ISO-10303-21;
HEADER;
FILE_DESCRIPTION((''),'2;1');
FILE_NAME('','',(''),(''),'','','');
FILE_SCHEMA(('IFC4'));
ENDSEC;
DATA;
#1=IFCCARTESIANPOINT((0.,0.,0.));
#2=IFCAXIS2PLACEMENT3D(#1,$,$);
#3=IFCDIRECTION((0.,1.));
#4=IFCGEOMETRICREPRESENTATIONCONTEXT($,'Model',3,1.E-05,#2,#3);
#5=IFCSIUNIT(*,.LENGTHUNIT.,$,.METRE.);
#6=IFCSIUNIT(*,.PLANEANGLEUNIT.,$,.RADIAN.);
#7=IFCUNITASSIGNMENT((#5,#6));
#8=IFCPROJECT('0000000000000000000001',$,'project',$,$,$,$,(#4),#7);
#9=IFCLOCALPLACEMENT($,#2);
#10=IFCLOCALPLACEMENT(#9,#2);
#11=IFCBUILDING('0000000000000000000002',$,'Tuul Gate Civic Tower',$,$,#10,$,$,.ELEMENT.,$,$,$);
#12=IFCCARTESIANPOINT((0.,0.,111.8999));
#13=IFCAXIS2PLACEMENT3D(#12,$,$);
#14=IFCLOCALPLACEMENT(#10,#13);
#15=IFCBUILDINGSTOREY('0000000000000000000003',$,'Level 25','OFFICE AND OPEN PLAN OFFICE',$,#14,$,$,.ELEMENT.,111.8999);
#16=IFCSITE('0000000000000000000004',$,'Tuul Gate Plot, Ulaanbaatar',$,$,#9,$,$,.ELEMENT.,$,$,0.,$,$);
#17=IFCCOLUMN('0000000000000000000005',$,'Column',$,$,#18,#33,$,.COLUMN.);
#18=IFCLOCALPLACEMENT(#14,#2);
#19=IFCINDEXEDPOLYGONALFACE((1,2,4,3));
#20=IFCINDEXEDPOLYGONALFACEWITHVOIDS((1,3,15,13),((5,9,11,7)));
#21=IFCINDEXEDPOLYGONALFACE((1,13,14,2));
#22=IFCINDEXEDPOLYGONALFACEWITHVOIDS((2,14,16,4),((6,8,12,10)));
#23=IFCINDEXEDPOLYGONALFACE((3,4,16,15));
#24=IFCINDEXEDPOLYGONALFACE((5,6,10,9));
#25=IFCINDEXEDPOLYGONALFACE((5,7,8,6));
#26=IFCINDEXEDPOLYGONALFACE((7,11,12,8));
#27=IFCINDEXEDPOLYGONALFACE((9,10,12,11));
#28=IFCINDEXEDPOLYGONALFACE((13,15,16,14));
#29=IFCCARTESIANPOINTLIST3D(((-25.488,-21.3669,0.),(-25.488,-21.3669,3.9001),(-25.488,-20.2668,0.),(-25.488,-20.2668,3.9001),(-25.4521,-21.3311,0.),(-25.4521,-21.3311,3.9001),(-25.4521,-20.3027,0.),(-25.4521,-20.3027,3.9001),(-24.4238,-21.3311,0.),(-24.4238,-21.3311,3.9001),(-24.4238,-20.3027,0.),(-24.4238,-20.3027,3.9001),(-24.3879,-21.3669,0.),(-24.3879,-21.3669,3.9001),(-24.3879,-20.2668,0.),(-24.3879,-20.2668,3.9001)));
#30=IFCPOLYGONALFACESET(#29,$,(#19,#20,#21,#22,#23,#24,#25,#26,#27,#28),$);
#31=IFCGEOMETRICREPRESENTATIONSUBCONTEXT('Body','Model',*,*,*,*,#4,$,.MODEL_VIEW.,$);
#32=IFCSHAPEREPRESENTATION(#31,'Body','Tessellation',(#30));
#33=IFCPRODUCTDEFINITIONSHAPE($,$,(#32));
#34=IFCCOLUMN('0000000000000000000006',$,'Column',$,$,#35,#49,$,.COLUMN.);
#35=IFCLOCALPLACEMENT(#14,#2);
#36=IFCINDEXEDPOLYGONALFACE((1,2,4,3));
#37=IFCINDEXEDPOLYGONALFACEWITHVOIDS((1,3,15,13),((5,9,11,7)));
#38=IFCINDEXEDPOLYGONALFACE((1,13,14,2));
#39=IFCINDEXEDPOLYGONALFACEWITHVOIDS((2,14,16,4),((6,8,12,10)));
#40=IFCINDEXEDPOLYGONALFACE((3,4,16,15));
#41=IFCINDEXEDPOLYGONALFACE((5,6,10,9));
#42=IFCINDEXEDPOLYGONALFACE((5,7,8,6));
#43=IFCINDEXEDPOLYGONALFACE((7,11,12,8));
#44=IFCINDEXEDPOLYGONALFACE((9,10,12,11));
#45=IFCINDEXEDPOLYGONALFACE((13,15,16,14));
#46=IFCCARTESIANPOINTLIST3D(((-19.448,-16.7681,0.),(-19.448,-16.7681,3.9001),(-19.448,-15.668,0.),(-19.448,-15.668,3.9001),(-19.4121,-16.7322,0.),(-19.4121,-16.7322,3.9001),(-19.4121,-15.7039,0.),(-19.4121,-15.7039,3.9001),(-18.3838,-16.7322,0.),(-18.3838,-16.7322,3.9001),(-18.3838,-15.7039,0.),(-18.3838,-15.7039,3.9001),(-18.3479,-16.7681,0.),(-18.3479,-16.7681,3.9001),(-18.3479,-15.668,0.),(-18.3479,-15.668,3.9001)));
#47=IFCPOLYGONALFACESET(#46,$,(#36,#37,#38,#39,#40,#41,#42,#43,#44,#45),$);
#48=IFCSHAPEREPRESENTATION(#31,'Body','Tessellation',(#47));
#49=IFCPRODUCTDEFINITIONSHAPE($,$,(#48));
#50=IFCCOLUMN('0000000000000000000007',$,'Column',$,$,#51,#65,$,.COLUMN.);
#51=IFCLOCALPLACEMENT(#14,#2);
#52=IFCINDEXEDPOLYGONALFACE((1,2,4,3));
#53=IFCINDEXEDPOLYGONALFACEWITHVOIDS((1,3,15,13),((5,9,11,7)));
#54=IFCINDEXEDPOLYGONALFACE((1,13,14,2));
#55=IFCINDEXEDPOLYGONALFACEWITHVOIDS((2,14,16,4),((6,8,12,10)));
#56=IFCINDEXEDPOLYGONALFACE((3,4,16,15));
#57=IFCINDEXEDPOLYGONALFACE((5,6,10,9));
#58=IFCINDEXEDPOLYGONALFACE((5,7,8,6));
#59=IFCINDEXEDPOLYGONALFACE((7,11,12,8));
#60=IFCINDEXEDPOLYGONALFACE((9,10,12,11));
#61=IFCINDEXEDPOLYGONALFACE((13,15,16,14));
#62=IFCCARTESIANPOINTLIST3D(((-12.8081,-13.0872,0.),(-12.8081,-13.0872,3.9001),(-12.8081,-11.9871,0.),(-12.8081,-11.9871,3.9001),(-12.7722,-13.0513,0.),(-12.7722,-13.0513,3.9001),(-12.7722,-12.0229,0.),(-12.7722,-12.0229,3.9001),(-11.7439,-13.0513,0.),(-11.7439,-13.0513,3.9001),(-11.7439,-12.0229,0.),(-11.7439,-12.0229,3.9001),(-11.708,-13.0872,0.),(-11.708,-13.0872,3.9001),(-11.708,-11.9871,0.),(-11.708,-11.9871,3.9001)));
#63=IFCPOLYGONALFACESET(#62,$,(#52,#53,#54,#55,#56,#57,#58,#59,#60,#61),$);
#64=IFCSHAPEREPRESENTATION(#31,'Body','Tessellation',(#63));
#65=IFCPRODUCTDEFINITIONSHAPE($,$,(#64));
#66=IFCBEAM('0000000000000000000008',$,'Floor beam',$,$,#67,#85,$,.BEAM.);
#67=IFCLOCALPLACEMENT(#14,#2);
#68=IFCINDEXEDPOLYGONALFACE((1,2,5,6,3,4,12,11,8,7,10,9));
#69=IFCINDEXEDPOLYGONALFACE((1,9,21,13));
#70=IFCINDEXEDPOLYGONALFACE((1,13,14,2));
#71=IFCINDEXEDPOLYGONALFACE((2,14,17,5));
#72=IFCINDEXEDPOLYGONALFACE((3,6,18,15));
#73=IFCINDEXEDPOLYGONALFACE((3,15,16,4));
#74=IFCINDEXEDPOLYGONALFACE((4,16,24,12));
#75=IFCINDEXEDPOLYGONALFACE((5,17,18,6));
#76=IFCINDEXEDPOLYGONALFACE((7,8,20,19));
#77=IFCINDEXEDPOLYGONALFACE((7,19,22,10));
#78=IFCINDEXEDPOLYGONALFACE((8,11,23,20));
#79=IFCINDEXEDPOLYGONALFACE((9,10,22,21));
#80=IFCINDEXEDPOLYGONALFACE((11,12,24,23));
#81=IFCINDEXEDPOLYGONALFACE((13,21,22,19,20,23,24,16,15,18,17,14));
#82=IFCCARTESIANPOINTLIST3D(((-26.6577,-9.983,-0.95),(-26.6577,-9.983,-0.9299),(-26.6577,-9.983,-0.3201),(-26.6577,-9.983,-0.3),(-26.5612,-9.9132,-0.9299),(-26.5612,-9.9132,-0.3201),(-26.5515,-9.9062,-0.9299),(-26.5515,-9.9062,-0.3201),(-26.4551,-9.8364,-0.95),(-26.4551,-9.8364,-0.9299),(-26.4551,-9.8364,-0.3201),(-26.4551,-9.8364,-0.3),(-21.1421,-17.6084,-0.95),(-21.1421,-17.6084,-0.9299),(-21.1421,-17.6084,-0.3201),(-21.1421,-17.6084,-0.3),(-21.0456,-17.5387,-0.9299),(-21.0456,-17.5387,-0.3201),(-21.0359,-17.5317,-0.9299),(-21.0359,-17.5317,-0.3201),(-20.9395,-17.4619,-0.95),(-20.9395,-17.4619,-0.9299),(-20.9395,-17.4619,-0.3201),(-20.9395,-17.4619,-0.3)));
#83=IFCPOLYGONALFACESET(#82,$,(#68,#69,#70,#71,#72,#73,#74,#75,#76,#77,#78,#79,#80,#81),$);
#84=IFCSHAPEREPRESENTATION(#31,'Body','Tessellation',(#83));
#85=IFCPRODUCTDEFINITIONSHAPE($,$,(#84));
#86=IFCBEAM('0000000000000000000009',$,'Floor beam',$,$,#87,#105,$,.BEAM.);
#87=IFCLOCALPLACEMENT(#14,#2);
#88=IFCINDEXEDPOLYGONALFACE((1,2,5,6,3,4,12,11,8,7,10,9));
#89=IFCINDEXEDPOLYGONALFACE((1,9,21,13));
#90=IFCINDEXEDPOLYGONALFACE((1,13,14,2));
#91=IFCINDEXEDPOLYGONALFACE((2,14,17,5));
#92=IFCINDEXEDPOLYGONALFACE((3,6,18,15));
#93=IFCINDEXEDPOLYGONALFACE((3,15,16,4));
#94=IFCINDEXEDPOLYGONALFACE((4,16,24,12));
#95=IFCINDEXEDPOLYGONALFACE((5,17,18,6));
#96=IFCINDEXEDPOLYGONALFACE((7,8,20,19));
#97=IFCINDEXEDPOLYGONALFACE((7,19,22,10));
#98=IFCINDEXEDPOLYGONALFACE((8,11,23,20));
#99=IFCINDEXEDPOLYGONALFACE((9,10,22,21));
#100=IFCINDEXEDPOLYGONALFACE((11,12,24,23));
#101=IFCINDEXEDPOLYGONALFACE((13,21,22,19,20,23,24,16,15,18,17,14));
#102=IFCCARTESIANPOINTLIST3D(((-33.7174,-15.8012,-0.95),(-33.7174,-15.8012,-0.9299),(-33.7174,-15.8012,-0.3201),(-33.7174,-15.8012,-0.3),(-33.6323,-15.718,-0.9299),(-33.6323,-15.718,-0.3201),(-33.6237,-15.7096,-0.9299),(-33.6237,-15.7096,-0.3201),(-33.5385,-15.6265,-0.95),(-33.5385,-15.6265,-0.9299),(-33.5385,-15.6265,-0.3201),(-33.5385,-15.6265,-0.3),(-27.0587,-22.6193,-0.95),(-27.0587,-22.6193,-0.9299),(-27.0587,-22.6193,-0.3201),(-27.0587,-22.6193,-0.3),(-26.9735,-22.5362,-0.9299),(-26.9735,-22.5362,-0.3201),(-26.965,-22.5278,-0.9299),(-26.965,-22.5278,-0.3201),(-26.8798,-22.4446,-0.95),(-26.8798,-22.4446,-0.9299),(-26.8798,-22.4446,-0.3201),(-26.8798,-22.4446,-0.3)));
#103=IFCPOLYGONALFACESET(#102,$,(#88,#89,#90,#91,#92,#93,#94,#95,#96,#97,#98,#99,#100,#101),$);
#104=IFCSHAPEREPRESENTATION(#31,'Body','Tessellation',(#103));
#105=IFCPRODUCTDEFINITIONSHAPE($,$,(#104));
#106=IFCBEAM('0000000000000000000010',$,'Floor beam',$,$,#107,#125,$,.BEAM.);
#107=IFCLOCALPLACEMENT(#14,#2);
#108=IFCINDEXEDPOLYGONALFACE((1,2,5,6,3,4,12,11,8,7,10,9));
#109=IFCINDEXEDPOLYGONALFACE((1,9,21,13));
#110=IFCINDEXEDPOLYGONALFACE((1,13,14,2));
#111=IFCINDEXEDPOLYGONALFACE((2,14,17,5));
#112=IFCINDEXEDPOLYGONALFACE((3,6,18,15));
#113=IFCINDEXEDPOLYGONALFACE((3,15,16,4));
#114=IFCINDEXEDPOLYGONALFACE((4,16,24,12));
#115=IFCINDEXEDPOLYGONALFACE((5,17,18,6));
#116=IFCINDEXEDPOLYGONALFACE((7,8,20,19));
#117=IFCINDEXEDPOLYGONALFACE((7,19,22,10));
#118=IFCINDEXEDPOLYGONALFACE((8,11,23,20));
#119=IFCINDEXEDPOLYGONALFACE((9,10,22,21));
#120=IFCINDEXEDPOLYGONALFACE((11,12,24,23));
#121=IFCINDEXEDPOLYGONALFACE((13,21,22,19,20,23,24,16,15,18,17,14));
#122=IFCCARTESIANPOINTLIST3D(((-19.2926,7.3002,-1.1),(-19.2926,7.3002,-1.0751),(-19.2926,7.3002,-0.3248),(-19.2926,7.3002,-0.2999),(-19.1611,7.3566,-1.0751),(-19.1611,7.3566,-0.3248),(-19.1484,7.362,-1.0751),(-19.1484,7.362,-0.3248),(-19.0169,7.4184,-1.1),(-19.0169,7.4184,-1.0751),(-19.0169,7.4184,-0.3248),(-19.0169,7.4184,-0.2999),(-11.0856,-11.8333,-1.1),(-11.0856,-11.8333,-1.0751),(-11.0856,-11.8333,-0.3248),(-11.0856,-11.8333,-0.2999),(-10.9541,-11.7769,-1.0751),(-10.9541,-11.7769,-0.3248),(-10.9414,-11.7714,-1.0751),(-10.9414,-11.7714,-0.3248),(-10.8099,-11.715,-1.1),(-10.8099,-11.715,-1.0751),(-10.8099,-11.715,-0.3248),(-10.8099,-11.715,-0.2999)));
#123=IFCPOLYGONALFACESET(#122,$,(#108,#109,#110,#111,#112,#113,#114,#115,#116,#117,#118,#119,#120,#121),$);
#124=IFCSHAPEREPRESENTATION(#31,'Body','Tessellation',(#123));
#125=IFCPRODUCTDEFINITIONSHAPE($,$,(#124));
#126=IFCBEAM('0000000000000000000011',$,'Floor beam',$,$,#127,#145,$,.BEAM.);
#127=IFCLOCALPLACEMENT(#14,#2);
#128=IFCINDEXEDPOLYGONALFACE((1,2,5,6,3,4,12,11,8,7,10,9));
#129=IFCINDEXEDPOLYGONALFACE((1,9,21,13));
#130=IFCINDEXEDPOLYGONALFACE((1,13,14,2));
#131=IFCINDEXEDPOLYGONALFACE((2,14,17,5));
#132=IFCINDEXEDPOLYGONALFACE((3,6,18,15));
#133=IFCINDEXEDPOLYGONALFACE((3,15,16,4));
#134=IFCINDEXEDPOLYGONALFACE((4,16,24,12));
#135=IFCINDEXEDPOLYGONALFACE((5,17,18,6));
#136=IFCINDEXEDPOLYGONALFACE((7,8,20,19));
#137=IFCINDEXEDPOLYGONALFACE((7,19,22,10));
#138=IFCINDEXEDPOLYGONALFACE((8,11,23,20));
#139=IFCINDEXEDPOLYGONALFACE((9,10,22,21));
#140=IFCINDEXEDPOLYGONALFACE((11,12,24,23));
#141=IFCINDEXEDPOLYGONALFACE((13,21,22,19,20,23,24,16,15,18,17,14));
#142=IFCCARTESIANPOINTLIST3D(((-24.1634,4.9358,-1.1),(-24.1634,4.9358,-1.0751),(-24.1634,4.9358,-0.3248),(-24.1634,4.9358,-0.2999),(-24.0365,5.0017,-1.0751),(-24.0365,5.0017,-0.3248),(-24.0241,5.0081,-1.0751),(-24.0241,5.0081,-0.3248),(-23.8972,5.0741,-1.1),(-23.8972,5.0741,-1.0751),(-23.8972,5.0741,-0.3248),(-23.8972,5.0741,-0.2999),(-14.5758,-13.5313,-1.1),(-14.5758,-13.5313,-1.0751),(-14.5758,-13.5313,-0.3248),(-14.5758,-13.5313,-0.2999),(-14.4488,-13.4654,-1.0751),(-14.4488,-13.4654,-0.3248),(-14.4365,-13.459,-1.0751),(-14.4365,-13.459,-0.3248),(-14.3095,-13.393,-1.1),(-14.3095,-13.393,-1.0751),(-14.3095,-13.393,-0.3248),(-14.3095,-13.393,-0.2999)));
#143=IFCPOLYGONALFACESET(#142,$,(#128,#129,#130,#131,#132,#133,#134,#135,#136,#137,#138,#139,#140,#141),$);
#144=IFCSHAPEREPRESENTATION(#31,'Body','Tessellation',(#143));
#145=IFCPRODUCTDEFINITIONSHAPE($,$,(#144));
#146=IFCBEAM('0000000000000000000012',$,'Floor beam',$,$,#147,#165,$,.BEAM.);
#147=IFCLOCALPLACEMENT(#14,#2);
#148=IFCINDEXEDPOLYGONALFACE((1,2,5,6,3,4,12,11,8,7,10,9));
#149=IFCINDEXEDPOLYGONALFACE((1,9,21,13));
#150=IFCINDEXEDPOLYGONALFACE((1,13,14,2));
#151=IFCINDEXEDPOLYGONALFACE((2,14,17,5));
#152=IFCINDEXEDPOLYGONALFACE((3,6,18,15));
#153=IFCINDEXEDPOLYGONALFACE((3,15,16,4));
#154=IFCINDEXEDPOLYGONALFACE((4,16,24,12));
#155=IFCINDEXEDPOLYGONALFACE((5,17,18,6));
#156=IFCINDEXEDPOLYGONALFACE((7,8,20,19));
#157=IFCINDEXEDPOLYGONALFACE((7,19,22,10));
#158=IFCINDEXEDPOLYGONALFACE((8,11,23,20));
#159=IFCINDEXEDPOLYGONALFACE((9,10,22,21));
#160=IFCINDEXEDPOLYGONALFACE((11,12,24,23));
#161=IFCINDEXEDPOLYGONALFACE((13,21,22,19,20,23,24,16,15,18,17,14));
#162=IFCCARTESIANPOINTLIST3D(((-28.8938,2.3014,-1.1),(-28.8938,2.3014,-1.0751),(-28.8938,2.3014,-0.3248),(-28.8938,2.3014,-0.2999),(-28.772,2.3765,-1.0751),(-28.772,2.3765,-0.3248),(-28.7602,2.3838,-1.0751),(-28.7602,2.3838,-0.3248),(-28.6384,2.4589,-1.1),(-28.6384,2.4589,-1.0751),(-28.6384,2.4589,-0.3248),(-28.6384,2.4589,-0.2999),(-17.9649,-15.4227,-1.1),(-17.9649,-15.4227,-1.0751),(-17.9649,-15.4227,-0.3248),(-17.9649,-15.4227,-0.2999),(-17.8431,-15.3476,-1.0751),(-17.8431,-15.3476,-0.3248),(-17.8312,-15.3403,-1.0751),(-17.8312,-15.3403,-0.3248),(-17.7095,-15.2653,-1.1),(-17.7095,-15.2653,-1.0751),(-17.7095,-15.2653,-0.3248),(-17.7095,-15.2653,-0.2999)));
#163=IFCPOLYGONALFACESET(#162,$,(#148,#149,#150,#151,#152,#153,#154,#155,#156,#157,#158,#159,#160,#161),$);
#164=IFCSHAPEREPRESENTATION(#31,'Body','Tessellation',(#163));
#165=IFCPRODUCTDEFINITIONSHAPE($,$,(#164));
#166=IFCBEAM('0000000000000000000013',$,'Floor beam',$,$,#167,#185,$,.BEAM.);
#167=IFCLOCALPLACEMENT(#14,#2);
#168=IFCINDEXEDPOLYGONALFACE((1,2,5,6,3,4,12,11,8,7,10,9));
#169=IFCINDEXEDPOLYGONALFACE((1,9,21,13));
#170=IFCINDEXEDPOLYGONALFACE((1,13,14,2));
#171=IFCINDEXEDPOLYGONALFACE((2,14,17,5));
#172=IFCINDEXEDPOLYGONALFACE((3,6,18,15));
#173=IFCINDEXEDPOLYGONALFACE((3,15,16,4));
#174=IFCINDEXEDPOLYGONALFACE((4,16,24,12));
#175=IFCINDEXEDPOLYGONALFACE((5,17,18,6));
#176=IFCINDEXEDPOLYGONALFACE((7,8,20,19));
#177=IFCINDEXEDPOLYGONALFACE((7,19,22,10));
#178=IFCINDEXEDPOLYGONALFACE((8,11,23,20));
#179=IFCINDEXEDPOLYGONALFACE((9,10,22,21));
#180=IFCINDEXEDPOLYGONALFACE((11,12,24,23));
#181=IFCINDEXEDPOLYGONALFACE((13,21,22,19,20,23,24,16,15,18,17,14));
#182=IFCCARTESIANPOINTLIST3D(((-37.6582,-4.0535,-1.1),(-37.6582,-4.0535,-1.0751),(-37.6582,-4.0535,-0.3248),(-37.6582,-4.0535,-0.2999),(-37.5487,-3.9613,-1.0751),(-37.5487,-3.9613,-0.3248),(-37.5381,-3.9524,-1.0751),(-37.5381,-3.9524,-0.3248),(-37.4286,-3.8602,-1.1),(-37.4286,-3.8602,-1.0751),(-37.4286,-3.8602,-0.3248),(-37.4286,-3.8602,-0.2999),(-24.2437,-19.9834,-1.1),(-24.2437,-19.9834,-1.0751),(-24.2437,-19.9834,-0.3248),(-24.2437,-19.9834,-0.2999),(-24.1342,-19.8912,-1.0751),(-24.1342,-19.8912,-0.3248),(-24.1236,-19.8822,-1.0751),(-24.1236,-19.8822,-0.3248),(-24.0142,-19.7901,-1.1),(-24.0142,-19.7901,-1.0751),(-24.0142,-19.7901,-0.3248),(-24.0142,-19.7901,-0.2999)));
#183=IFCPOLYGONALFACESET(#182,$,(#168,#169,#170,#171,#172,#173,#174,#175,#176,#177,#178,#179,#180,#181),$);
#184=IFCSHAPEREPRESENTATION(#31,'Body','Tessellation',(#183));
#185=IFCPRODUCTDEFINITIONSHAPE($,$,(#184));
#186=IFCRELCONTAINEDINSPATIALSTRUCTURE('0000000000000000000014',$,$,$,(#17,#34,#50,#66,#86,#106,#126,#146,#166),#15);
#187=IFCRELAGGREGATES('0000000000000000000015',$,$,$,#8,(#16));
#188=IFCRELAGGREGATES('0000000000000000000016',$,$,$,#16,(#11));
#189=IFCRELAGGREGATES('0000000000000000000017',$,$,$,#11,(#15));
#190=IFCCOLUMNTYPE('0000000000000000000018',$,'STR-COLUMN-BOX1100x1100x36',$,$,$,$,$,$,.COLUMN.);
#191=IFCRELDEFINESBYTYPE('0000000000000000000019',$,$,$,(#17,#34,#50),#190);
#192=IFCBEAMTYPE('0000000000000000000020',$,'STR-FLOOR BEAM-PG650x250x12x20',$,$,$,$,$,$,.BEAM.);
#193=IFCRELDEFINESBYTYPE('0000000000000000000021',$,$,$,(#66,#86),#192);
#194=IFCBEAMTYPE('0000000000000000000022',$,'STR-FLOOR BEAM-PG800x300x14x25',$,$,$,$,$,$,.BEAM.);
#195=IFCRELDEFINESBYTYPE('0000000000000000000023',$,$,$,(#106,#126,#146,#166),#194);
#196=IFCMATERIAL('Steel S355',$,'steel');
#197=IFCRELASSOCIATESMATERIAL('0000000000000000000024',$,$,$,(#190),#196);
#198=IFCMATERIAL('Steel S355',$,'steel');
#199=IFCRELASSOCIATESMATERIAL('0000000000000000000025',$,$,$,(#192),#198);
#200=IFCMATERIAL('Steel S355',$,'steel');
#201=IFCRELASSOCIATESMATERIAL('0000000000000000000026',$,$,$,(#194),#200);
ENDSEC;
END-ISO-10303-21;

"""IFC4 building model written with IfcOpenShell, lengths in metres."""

from ifc_helpers import new_model, si_unit, direction, frame, origin, origin_2d, place, context, subcontext, project, spatial, hollow_rectangle, i_section, extrude, material, material_profile, profile_set, type_object, element, save


model = new_model("IFC4")

# Units and contexts
model_context = context("Model", 3, precision=1e-05, world=origin(), true_north=direction((0.0, 1.0)))
body_context = subcontext(model_context, "Body", "Model", "MODEL_VIEW")
ifc_project = project(units=[si_unit("LENGTHUNIT", "METRE"), si_unit("PLANEANGLEUNIT", "RADIAN")], contexts=[model_context])

# Site, building, storey
site_placement = place(None, origin())
site = spatial("IfcSite", under=ifc_project, at=site_placement, Name="Tuul Gate Plot, Ulaanbaatar", CompositionType="ELEMENT", RefElevation=0.0)
building_placement = place(site_placement, origin())
building = spatial("IfcBuilding", under=site, at=building_placement, Name="Tuul Gate Civic Tower", CompositionType="ELEMENT")
storey_placement = place(building_placement, frame((0.0, 0.0, 111.8999)))
storey = spatial("IfcBuildingStorey", under=building, at=storey_placement, Name="Level 25", Description="OFFICE AND OPEN PLAN OFFICE", CompositionType="ELEMENT", Elevation=111.8999)

# Columns
ifc_material_1 = material(Name="Steel S355", Category="steel")
ifc_material_profile_1 = material_profile(ifc_material_1, hollow_rectangle(XDim=1.1001, YDim=1.1001, WallThickness=0.0359, at=origin_2d()), Name="BOX1100x1100x36")
ifc_profile_set_1 = profile_set([ifc_material_profile_1], Name="Steel S355")
column_type = type_object("IfcColumnType", Name="STR-COLUMN-BOX1100x1100x36", PredefinedType="COLUMN", material=ifc_profile_set_1)
for number, where, z_axis, x_axis, name in (
    (1, (-24.938, -20.8169, 0.0), (0.0, 0.0, 1.0), (1.0, 0.0, 0.0), "Column"),
    (2, (-18.8979, -16.218, 0.0), (0.0, 0.0, 1.0), (1.0, 0.0, 0.0), "Column"),
    (3, (-12.2581, -12.5371, 0.0), (0.0, 0.0, 1.0), (1.0, 0.0, 0.0), "Column"),
):
    element("IfcColumn", number, at=place(storey_placement, frame(where, z_axis=z_axis, x_axis=x_axis)), inside=storey, type_object=column_type, Name=name, PredefinedType="COLUMN", context=body_context, shape_type="SweptSolid", body=[
        extrude(hollow_rectangle(XDim=1.1001, YDim=1.1001, WallThickness=0.0359, at=origin_2d()), origin(), (0.0, 0.0, 1.0), 3.9001),
    ])

# Beams
ifc_material_2 = material(Name="Steel S355", Category="steel")
ifc_material_profile_2 = material_profile(ifc_material_2, i_section(OverallWidth=0.25, OverallDepth=0.6499, WebThickness=0.012, FlangeThickness=0.02, at=origin_2d()), Name="PG650x250x12x20")
ifc_profile_set_2 = profile_set([ifc_material_profile_2], Name="Steel S355")
beam_type_1 = type_object("IfcBeamType", Name="STR-FLOOR BEAM-PG650x250x12x20", PredefinedType="BEAM", material=ifc_profile_set_2)
beam_1_placement = place(storey_placement, frame((-21.0408, -17.5352, -0.625), z_axis=(-0.586072, 0.810259, 0.0), x_axis=(-0.810259, -0.586072, 0.0)))
element("IfcBeam", 4, at=beam_1_placement, inside=storey, type_object=beam_type_1, Name="Floor beam", PredefinedType="BEAM", context=body_context, shape_type="SweptSolid", body=[
    extrude(i_section(OverallWidth=0.25, OverallDepth=0.6499, WebThickness=0.012, FlangeThickness=0.02, at=origin_2d()), origin(), (0.0, 0.0, 1.0), 9.4111),
])
beam_2_placement = place(storey_placement, frame((-26.9692, -22.532, -0.625), z_axis=(-0.698693, 0.715421, 0.0), x_axis=(-0.715421, -0.698693, 0.0)))
element("IfcBeam", 5, at=beam_2_placement, inside=storey, type_object=beam_type_1, Name="Floor beam", PredefinedType="BEAM", context=body_context, shape_type="SweptSolid", body=[
    extrude(i_section(OverallWidth=0.25, OverallDepth=0.6499, WebThickness=0.012, FlangeThickness=0.02, at=origin_2d()), origin(), (0.0, 0.0, 1.0), 9.5303),
])
ifc_material_3 = material(Name="Steel S355", Category="steel")
ifc_material_profile_3 = material_profile(ifc_material_3, i_section(OverallWidth=0.3, OverallDepth=0.8, WebThickness=0.0139, FlangeThickness=0.0249, at=origin_2d()), Name="PG800x300x14x25")
ifc_profile_set_3 = profile_set([ifc_material_profile_3], Name="Steel S355")
beam_type_2 = type_object("IfcBeamType", Name="STR-FLOOR BEAM-PG800x300x14x25", PredefinedType="BEAM", material=ifc_profile_set_3)
beam_3_placement = place(storey_placement, frame((-10.9478, -11.7742, -0.7), z_axis=(-0.394201, 0.919024, 0.0), x_axis=(-0.919024, -0.394201, 0.0)))
element("IfcBeam", 6, at=beam_3_placement, inside=storey, type_object=beam_type_2, Name="Floor beam", PredefinedType="BEAM", context=body_context, shape_type="SweptSolid", body=[
    extrude(i_section(OverallWidth=0.3, OverallDepth=0.8, WebThickness=0.0139, FlangeThickness=0.0249, at=origin_2d()), origin(), (0.0, 0.0, 1.0), 20.8193),
])
beam_4_placement = place(storey_placement, frame((-14.4426, -13.4622, -0.7), z_axis=(-0.460777, 0.887516, 0.0), x_axis=(-0.887516, -0.460777, 0.0)))
element("IfcBeam", 7, at=beam_4_placement, inside=storey, type_object=beam_type_2, Name="Floor beam", PredefinedType="BEAM", context=body_context, shape_type="SweptSolid", body=[
    extrude(i_section(OverallWidth=0.3, OverallDepth=0.8, WebThickness=0.0139, FlangeThickness=0.0249, at=origin_2d()), origin(), (0.0, 0.0, 1.0), 20.8076),
])
beam_5_placement = place(storey_placement, frame((-17.8372, -15.344, -0.7), z_axis=(-0.524857, 0.851191, 0.0), x_axis=(-0.851191, -0.524857, 0.0)))
element("IfcBeam", 8, at=beam_5_placement, inside=storey, type_object=beam_type_2, Name="Floor beam", PredefinedType="BEAM", context=body_context, shape_type="SweptSolid", body=[
    extrude(i_section(OverallWidth=0.3, OverallDepth=0.8, WebThickness=0.0139, FlangeThickness=0.0249, at=origin_2d()), origin(), (0.0, 0.0, 1.0), 20.8228),
])
beam_6_placement = place(storey_placement, frame((-24.1289, -19.8867, -0.7), z_axis=(-0.644132, 0.764914, 0.0), x_axis=(-0.764914, -0.644132, 0.0)))
element("IfcBeam", 9, at=beam_6_placement, inside=storey, type_object=beam_type_2, Name="Floor beam", PredefinedType="BEAM", context=body_context, shape_type="SweptSolid", body=[
    extrude(i_section(OverallWidth=0.3, OverallDepth=0.8, WebThickness=0.0139, FlangeThickness=0.0249, at=origin_2d()), origin(), (0.0, 0.0, 1.0), 20.8257),
])

save(model, "model.ifc")
